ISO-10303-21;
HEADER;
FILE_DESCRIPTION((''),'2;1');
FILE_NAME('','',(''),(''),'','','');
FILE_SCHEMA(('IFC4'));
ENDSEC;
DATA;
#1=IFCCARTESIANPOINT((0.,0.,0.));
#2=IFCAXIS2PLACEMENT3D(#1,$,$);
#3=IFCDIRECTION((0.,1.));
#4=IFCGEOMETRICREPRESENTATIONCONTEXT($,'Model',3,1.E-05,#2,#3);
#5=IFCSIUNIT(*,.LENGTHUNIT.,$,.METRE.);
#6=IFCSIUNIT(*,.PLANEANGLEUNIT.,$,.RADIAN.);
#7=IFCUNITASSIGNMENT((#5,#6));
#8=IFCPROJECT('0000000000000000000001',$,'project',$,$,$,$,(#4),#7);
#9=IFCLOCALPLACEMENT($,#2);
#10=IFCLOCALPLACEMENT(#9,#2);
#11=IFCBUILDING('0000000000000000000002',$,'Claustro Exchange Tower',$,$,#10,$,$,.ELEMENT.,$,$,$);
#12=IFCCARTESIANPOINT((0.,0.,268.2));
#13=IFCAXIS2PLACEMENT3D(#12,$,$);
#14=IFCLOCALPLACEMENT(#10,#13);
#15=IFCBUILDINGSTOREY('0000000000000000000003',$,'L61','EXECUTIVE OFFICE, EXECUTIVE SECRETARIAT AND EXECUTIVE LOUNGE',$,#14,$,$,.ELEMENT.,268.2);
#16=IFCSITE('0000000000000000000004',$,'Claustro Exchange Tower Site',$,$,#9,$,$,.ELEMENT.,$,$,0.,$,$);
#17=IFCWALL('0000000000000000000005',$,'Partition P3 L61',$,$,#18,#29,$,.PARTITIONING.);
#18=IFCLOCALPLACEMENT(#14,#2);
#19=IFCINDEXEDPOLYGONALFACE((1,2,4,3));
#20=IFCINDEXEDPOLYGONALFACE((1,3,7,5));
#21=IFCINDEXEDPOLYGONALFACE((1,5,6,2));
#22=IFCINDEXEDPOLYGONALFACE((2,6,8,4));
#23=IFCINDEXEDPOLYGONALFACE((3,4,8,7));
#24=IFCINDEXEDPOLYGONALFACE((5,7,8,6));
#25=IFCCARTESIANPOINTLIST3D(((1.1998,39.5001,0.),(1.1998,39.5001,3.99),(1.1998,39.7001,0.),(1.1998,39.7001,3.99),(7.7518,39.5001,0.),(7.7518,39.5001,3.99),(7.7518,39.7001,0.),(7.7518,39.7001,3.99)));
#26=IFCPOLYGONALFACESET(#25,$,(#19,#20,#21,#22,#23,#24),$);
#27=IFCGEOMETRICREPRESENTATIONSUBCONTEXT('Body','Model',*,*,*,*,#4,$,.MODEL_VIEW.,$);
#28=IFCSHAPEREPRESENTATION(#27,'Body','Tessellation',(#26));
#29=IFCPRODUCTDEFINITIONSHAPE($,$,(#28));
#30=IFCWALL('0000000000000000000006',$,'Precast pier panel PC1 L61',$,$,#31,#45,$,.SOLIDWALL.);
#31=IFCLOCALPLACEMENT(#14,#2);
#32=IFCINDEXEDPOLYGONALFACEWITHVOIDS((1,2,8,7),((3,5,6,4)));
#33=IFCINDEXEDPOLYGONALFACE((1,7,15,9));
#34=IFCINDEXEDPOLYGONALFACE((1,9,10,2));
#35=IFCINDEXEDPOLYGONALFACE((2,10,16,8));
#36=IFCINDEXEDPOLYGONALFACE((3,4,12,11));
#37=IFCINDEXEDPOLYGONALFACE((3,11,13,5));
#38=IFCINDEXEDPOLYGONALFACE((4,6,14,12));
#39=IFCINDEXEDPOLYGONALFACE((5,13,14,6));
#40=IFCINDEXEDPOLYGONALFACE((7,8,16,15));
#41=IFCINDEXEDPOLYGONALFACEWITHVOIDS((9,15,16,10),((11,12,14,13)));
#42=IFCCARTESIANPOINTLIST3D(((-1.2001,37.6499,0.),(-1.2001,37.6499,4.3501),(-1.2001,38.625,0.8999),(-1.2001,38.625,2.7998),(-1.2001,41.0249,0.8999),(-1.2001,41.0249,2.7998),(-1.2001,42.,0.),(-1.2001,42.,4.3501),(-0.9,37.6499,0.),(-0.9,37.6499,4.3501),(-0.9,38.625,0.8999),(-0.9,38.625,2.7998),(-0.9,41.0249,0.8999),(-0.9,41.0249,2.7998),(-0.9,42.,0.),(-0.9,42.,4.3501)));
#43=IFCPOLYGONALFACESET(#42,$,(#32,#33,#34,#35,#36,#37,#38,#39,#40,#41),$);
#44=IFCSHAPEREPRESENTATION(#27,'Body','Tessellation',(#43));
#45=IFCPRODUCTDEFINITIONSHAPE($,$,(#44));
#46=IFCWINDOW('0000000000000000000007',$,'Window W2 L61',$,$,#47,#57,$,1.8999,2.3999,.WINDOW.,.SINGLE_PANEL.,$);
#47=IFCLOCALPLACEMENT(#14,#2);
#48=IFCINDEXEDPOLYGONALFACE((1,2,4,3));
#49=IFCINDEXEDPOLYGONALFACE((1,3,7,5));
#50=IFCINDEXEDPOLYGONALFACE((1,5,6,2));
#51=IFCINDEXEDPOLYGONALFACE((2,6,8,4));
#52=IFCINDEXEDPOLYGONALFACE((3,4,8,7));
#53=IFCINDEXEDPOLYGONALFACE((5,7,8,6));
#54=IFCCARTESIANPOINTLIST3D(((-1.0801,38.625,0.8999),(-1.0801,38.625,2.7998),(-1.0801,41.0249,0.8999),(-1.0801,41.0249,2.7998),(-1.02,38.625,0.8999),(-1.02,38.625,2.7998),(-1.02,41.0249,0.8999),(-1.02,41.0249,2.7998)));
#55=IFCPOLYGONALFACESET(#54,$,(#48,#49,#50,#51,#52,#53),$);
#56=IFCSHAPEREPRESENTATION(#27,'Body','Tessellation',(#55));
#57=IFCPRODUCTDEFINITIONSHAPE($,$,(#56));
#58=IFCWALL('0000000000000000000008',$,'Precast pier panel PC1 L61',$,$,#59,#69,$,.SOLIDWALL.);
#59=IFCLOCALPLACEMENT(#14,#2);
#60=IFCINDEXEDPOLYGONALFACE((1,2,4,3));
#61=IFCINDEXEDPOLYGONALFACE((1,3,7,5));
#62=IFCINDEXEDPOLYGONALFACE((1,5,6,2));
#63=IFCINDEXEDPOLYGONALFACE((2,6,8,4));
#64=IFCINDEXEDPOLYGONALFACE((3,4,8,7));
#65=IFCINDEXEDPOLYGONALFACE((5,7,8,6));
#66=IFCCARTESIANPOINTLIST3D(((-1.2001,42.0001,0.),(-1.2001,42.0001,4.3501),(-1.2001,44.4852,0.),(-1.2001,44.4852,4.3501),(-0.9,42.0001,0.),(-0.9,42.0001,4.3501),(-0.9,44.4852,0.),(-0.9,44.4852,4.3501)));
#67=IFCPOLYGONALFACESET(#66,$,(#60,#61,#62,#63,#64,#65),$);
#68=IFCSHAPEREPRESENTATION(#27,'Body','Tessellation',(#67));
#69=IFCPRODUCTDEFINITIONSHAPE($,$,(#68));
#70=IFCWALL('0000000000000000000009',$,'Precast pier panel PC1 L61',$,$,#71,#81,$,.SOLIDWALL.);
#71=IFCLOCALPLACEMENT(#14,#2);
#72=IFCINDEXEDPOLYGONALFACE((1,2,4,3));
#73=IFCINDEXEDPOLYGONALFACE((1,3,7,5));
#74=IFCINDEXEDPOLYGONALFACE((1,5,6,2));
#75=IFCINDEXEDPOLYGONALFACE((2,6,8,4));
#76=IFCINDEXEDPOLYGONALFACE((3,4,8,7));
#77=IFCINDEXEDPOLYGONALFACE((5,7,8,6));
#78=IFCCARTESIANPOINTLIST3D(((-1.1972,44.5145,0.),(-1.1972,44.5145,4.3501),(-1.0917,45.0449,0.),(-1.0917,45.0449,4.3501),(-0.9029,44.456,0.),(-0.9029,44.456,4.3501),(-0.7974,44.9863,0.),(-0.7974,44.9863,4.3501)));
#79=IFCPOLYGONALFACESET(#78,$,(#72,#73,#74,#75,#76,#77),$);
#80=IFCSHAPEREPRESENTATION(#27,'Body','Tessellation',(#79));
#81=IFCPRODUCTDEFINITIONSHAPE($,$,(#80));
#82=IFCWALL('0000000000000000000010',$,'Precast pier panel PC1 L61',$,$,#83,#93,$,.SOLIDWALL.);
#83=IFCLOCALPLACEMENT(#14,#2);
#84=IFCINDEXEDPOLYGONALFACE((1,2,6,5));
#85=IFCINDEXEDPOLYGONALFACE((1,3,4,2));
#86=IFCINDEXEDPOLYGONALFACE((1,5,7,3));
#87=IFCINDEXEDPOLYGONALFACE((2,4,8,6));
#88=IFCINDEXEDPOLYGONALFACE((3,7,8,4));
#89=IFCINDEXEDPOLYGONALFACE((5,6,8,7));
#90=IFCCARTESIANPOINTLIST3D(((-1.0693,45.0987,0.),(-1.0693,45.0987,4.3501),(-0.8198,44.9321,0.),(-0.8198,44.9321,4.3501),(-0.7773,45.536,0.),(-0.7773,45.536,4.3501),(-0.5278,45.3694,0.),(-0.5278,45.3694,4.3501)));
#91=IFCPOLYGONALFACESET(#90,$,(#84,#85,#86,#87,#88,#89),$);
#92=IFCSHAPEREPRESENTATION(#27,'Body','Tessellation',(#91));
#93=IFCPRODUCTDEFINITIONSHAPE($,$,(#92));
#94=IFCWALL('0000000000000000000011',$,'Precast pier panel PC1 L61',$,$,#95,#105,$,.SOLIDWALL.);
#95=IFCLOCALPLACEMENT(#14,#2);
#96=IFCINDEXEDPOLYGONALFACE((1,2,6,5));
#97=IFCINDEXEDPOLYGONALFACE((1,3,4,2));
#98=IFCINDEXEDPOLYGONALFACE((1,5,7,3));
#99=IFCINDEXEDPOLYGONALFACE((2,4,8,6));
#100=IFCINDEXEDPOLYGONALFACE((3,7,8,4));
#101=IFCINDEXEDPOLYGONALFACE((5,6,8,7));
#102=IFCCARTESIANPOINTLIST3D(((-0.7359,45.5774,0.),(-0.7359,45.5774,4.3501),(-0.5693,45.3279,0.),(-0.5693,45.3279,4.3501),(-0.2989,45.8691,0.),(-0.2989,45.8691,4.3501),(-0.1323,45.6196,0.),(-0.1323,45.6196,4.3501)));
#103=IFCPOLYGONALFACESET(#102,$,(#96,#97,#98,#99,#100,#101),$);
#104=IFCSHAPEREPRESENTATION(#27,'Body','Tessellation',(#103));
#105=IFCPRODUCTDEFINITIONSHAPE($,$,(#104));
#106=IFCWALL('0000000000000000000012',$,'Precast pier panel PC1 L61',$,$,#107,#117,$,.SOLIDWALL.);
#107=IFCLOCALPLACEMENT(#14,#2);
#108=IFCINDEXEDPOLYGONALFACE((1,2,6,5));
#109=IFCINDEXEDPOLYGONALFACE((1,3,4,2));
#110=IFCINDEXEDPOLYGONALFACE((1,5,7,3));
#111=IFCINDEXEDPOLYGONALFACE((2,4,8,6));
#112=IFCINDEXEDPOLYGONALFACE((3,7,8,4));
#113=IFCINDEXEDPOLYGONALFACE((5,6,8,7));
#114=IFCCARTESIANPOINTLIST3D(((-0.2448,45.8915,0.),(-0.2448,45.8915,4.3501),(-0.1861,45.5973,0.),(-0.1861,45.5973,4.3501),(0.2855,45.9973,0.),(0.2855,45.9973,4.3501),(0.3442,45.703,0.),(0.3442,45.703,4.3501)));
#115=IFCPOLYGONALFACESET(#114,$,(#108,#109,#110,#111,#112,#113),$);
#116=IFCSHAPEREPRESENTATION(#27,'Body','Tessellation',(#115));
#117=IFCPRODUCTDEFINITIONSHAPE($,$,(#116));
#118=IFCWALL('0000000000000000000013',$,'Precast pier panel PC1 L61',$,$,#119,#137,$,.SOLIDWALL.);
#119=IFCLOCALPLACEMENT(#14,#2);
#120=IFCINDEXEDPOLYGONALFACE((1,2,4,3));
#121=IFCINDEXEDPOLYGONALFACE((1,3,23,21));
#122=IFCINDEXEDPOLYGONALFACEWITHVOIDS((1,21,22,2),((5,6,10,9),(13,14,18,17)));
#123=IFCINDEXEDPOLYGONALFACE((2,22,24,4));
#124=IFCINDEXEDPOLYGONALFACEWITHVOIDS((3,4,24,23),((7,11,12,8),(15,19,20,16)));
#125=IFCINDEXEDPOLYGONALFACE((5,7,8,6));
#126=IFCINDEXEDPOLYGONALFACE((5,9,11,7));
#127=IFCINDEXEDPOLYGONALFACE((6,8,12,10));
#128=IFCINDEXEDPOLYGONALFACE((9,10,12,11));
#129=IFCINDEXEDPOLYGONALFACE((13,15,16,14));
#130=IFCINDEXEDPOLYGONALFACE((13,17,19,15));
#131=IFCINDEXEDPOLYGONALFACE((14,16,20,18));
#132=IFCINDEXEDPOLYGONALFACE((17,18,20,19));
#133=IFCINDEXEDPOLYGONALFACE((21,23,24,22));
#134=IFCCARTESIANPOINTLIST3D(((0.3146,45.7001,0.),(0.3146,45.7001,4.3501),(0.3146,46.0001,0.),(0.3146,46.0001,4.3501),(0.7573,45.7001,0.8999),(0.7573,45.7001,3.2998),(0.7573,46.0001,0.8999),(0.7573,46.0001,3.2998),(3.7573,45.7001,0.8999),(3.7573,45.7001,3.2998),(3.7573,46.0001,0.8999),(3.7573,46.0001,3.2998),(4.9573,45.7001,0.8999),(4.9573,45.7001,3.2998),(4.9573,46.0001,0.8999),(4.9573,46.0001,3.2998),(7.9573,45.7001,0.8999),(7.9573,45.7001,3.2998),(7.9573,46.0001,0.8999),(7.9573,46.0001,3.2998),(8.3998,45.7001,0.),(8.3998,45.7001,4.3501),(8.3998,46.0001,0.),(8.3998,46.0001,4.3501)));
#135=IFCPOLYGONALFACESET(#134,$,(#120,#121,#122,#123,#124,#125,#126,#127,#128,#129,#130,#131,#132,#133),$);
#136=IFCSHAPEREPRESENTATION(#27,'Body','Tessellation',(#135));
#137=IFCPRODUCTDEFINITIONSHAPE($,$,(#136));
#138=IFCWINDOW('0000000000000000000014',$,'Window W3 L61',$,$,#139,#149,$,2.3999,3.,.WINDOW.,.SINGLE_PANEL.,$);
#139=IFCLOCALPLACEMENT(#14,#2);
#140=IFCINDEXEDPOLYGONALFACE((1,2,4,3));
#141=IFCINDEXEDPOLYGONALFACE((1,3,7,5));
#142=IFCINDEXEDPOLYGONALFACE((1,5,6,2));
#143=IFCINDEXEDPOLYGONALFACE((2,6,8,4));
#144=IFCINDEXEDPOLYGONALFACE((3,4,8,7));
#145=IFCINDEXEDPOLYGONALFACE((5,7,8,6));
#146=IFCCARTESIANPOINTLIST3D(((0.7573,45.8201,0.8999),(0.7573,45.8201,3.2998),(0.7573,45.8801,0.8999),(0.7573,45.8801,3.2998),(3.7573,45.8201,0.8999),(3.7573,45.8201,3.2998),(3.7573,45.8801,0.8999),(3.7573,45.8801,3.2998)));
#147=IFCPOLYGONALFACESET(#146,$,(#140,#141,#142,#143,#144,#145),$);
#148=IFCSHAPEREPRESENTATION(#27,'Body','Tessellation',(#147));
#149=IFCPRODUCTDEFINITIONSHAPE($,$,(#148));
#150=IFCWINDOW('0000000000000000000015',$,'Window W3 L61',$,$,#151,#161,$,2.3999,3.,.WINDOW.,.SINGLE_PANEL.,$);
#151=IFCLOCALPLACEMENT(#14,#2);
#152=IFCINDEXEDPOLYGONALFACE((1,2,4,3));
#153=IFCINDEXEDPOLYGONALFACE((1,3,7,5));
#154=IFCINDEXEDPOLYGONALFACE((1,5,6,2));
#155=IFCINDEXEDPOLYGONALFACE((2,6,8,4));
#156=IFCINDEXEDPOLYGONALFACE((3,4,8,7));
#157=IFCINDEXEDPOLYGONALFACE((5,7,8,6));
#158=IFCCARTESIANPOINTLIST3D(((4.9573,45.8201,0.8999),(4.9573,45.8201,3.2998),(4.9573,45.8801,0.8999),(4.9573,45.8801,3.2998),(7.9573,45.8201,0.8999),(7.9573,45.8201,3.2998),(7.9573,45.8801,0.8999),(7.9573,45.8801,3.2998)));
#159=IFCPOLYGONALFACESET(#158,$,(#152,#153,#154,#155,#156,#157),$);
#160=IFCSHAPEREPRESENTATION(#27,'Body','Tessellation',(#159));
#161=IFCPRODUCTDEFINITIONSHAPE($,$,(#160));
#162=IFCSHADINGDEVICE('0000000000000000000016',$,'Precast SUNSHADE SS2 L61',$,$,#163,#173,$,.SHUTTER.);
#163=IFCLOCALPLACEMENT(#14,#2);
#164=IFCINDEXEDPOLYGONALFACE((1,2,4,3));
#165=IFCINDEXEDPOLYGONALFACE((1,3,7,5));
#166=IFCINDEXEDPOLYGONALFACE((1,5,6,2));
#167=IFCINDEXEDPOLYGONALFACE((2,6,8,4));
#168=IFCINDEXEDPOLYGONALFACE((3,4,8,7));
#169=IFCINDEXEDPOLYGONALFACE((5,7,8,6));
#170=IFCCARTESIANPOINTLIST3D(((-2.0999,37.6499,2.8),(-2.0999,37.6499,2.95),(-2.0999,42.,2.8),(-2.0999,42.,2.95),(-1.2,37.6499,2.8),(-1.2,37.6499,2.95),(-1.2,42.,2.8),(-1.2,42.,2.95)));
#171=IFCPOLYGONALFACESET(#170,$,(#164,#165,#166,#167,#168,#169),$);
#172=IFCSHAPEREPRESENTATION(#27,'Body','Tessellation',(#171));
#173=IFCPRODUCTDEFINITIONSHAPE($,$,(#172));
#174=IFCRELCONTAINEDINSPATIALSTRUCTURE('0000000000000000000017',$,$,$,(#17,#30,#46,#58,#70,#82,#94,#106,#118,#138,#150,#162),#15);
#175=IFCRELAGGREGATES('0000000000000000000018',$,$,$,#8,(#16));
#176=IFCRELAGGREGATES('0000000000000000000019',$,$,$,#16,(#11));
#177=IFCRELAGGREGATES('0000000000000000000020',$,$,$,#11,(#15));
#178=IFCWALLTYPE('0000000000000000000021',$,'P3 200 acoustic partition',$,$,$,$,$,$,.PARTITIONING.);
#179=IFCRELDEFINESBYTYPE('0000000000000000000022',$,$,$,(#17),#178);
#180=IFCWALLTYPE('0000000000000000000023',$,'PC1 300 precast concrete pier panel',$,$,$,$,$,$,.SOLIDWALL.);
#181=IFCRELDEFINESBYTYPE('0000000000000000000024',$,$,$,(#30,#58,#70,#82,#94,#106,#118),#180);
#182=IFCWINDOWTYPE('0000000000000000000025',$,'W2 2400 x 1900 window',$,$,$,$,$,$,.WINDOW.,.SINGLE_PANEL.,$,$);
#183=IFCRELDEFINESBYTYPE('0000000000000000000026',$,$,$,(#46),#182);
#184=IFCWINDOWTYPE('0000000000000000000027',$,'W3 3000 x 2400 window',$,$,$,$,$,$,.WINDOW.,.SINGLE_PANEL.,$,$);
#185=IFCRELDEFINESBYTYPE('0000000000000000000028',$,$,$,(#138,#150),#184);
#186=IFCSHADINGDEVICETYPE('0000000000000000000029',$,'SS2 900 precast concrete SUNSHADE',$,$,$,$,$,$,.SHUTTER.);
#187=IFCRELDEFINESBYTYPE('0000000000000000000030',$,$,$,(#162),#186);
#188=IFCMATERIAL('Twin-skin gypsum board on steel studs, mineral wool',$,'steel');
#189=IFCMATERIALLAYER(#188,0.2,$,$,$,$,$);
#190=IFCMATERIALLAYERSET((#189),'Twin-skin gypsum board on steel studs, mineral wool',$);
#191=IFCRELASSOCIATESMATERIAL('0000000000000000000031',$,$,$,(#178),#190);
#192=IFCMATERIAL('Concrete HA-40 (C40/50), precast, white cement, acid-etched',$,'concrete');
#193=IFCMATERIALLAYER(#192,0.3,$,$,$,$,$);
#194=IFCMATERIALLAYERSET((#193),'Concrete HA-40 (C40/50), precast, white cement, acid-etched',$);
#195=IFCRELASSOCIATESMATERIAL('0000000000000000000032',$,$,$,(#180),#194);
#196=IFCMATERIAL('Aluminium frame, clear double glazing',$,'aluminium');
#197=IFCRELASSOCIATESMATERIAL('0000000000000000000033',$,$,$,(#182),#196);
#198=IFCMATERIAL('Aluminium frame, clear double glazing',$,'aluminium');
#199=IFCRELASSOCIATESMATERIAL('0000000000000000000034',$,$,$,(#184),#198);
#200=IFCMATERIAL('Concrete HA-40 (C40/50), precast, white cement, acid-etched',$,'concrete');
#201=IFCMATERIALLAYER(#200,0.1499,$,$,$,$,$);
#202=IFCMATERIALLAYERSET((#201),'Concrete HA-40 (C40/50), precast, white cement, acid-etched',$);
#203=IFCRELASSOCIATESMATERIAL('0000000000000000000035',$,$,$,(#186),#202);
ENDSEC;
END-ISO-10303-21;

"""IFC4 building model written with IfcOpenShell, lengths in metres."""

from ifc_helpers import new_model, si_unit, direction, frame, frame_2d, origin, origin_2d, place, context, subcontext, project, spatial, rectangle, extrude, material, layer, layer_set, type_object, element, fill, save


model = new_model("IFC4")

# Units and contexts
model_context = context("Model", 3, precision=1e-05, world=origin(), true_north=direction((0.0, 1.0)))
body_context = subcontext(model_context, "Body", "Model", "MODEL_VIEW")
ifc_project = project(units=[si_unit("LENGTHUNIT", "METRE"), si_unit("PLANEANGLEUNIT", "RADIAN")], contexts=[model_context])

# Site, building, storey
site_placement = place(None, origin())
site = spatial("IfcSite", under=ifc_project, at=site_placement, Name="Claustro Exchange Tower Site", CompositionType="ELEMENT", RefElevation=0.0)
building_placement = place(site_placement, origin())
building = spatial("IfcBuilding", under=site, at=building_placement, Name="Claustro Exchange Tower", CompositionType="ELEMENT")
storey_placement = place(building_placement, frame((0.0, 0.0, 268.2)))
storey = spatial("IfcBuildingStorey", under=building, at=storey_placement, Name="L61", Description="EXECUTIVE OFFICE, EXECUTIVE SECRETARIAT AND EXECUTIVE LOUNGE", CompositionType="ELEMENT", Elevation=268.2)

# Shared definitions
ifc_material_1 = material(Name="Twin-skin gypsum board on steel studs, mineral wool", Category="steel")
ifc_layer_1 = layer(ifc_material_1, 0.2)
ifc_layer_set_1 = layer_set([ifc_layer_1], Name="Twin-skin gypsum board on steel studs, mineral wool")
wall_type_1 = type_object("IfcWallType", Name="P3 200 acoustic partition", PredefinedType="PARTITIONING", material=ifc_layer_set_1)

# Wall
wall_1_placement = place(storey_placement, frame((1.2, 39.6001, 0.0), z_axis=(0.0, 0.0, 1.0), x_axis=(1.0, 0.0, 0.0)))
element("IfcWall", 1, at=wall_1_placement, inside=storey, type_object=wall_type_1, Name="Partition P3 L61", PredefinedType="PARTITIONING", context=body_context, shape_type="SweptSolid", body=[
    extrude(rectangle(XDim=6.552, YDim=0.2, at=frame_2d((3.2759, 0.0))), origin(), (0.0, 0.0, 1.0), 3.99),
])

# Wall, opening, window
ifc_material_2 = material(Name="Concrete HA-40 (C40/50), precast, white cement, acid-etched", Category="concrete")
ifc_layer_2 = layer(ifc_material_2, 0.3)
ifc_layer_set_2 = layer_set([ifc_layer_2], Name="Concrete HA-40 (C40/50), precast, white cement, acid-etched")
wall_type_2 = type_object("IfcWallType", Name="PC1 300 precast concrete pier panel", PredefinedType="SOLIDWALL", material=ifc_layer_set_2)
wall_2_placement = place(storey_placement, frame((-1.05, 37.6499, 0.0), z_axis=(0.0, 0.0, 1.0), x_axis=(0.0, 1.0, 0.0)))
wall_2 = element("IfcWall", 2, at=wall_2_placement, inside=storey, type_object=wall_type_2, Name="Precast pier panel PC1 L61", PredefinedType="SOLIDWALL", context=body_context, shape_type="SweptSolid", body=[
    extrude(rectangle(XDim=4.3501, YDim=0.3, at=frame_2d((2.175, 0.0))), origin(), (0.0, 0.0, 1.0), 4.3501),
])
opening_1_placement = place(wall_2_placement, frame((0.9751, 0.0, 0.8999)))
opening_1 = element("IfcOpeningElement", 3, at=opening_1_placement, cuts=wall_2, PredefinedType="OPENING", context=body_context, shape_type="SweptSolid", body=[
    extrude(rectangle(XDim=2.3999, YDim=1.8999, at=frame_2d((1.2, 0.95))), frame((0.0, 0.1599, 0.0), z_axis=(0.0, -1.0, 0.0), x_axis=(1.0, 0.0, 0.0)), (0.0, 0.0, 1.0), 0.3201),
])
ifc_material_3 = material(Name="Aluminium frame, clear double glazing", Category="aluminium")
window_type_1 = type_object("IfcWindowType", Name="W2 2400 x 1900 window", PartitioningType="SINGLE_PANEL", PredefinedType="WINDOW", material=ifc_material_3)
window_1_placement = place(opening_1_placement, origin())
window_1 = element("IfcWindow", 4, at=window_1_placement, inside=storey, type_object=window_type_1, Name="Window W2 L61", OverallHeight=1.8999, OverallWidth=2.3999, PartitioningType="SINGLE_PANEL", PredefinedType="WINDOW", context=body_context, shape_type="SweptSolid", body=[
    extrude(rectangle(XDim=2.3999, YDim=1.8999, at=frame_2d((1.2, 0.95))), frame((0.0, 0.03, 0.0), z_axis=(0.0, -1.0, 0.0), x_axis=(1.0, 0.0, 0.0)), (0.0, 0.0, 1.0), 0.0601),
])
fill(opening_1, window_1)

# Walls
wall_3_placement = place(storey_placement, frame((-1.05, 42.0, 0.0), z_axis=(0.0, 0.0, 1.0), x_axis=(0.0, 1.0, 0.0)))
element("IfcWall", 5, at=wall_3_placement, inside=storey, type_object=wall_type_2, Name="Precast pier panel PC1 L61", PredefinedType="SOLIDWALL", context=body_context, shape_type="SweptSolid", body=[
    extrude(rectangle(XDim=2.4851, YDim=0.3, at=frame_2d((1.2427, 0.0))), origin(), (0.0, 0.0, 1.0), 4.3501),
])
wall_4_placement = place(storey_placement, frame((-1.05, 44.4851, 0.0), z_axis=(0.0, 0.0, 1.0), x_axis=(0.195074, 0.980789, 0.0)))
element("IfcWall", 6, at=wall_4_placement, inside=storey, type_object=wall_type_2, Name="Precast pier panel PC1 L61", PredefinedType="SOLIDWALL", context=body_context, shape_type="SweptSolid", body=[
    extrude(rectangle(XDim=0.5408, YDim=0.3, at=frame_2d((0.2705, 0.0))), origin(), (0.0, 0.0, 1.0), 4.3501),
])
wall_5_placement = place(storey_placement, frame((-0.9446, 45.0154, 0.0), z_axis=(0.0, 0.0, 1.0), x_axis=(0.555343, 0.831621, 0.0)))
element("IfcWall", 7, at=wall_5_placement, inside=storey, type_object=wall_type_2, Name="Precast pier panel PC1 L61", PredefinedType="SOLIDWALL", context=body_context, shape_type="SweptSolid", body=[
    extrude(rectangle(XDim=0.5259, YDim=0.3, at=frame_2d((0.2629, 0.0))), origin(), (0.0, 0.0, 1.0), 4.3501),
])
wall_6_placement = place(storey_placement, frame((-0.6526, 45.4526, 0.0), z_axis=(0.0, 0.0, 1.0), x_axis=(0.831693, 0.555236, 0.0)))
element("IfcWall", 8, at=wall_6_placement, inside=storey, type_object=wall_type_2, Name="Precast pier panel PC1 L61", PredefinedType="SOLIDWALL", context=body_context, shape_type="SweptSolid", body=[
    extrude(rectangle(XDim=0.5254, YDim=0.3, at=frame_2d((0.2627, 0.0))), origin(), (0.0, 0.0, 1.0), 4.3501),
])
wall_7_placement = place(storey_placement, frame((-0.2156, 45.7444, 0.0), z_axis=(0.0, 0.0, 1.0), x_axis=(0.980702, 0.195508, 0.0)))
element("IfcWall", 9, at=wall_7_placement, inside=storey, type_object=wall_type_2, Name="Precast pier panel PC1 L61", PredefinedType="SOLIDWALL", context=body_context, shape_type="SweptSolid", body=[
    extrude(rectangle(XDim=0.5408, YDim=0.3, at=frame_2d((0.2705, 0.0))), origin(), (0.0, 0.0, 1.0), 4.3501),
])

# Wall, openings, windows
wall_8_placement = place(storey_placement, frame((0.3147, 45.8501, 0.0), z_axis=(0.0, 0.0, 1.0), x_axis=(1.0, 0.0, 0.0)))
wall_8 = element("IfcWall", 10, at=wall_8_placement, inside=storey, type_object=wall_type_2, Name="Precast pier panel PC1 L61", PredefinedType="SOLIDWALL", context=body_context, shape_type="SweptSolid", body=[
    extrude(rectangle(XDim=8.0852, YDim=0.3, at=frame_2d((4.0425, 0.0))), origin(), (0.0, 0.0, 1.0), 4.3501),
])
opening_2_placement = place(wall_8_placement, frame((0.4426, 0.0, 0.8999)))
opening_2 = element("IfcOpeningElement", 11, at=opening_2_placement, cuts=wall_8, PredefinedType="OPENING", context=body_context, shape_type="SweptSolid", body=[
    extrude(rectangle(XDim=3.0, YDim=2.3999, at=frame_2d((1.5, 1.2))), frame((0.0, 0.1599, 0.0), z_axis=(0.0, -1.0, 0.0), x_axis=(1.0, 0.0, 0.0)), (0.0, 0.0, 1.0), 0.3201),
])
opening_3_placement = place(wall_8_placement, frame((4.6426, 0.0, 0.8999)))
opening_3 = element("IfcOpeningElement", 12, at=opening_3_placement, cuts=wall_8, PredefinedType="OPENING", context=body_context, shape_type="SweptSolid", body=[
    extrude(rectangle(XDim=3.0, YDim=2.3999, at=frame_2d((1.5, 1.2))), frame((0.0, 0.1599, 0.0), z_axis=(0.0, -1.0, 0.0), x_axis=(1.0, 0.0, 0.0)), (0.0, 0.0, 1.0), 0.3201),
])
ifc_material_4 = material(Name="Aluminium frame, clear double glazing", Category="aluminium")
window_type_2 = type_object("IfcWindowType", Name="W3 3000 x 2400 window", PartitioningType="SINGLE_PANEL", PredefinedType="WINDOW", material=ifc_material_4)
window_2_placement = place(opening_2_placement, origin())
window_2 = element("IfcWindow", 13, at=window_2_placement, inside=storey, type_object=window_type_2, Name="Window W3 L61", OverallHeight=2.3999, OverallWidth=3.0, PartitioningType="SINGLE_PANEL", PredefinedType="WINDOW", context=body_context, shape_type="SweptSolid", body=[
    extrude(rectangle(XDim=3.0, YDim=2.3999, at=frame_2d((1.5, 1.2))), frame((0.0, 0.03, 0.0), z_axis=(0.0, -1.0, 0.0), x_axis=(1.0, 0.0, 0.0)), (0.0, 0.0, 1.0), 0.0601),
])
fill(opening_2, window_2)
window_3_placement = place(opening_3_placement, origin())
window_3 = element("IfcWindow", 14, at=window_3_placement, inside=storey, type_object=window_type_2, Name="Window W3 L61", OverallHeight=2.3999, OverallWidth=3.0, PartitioningType="SINGLE_PANEL", PredefinedType="WINDOW", context=body_context, shape_type="SweptSolid", body=[
    extrude(rectangle(XDim=3.0, YDim=2.3999, at=frame_2d((1.5, 1.2))), frame((0.0, 0.03, 0.0), z_axis=(0.0, -1.0, 0.0), x_axis=(1.0, 0.0, 0.0)), (0.0, 0.0, 1.0), 0.0601),
])
fill(opening_3, window_3)

# Shading device
ifc_material_5 = material(Name="Concrete HA-40 (C40/50), precast, white cement, acid-etched", Category="concrete")
ifc_layer_3 = layer(ifc_material_5, 0.1499)
ifc_layer_set_3 = layer_set([ifc_layer_3], Name="Concrete HA-40 (C40/50), precast, white cement, acid-etched")
shading_device_type = type_object("IfcShadingDeviceType", Name="SS2 900 precast concrete SUNSHADE", PredefinedType="SHUTTER", material=ifc_layer_set_3)
shading_device_placement = place(storey_placement, frame((-1.6499, 39.825, 2.8), z_axis=(0.0, 0.0, 1.0), x_axis=(0.0, 1.0, 0.0)))
element("IfcShadingDevice", 15, at=shading_device_placement, inside=storey, type_object=shading_device_type, Name="Precast SUNSHADE SS2 L61", PredefinedType="SHUTTER", context=body_context, shape_type="SweptSolid", body=[
    extrude(rectangle(XDim=4.3501, YDim=0.8999, at=origin_2d()), origin(), (0.0, 0.0, 1.0), 0.1499),
])

save(model, "model.ifc")
